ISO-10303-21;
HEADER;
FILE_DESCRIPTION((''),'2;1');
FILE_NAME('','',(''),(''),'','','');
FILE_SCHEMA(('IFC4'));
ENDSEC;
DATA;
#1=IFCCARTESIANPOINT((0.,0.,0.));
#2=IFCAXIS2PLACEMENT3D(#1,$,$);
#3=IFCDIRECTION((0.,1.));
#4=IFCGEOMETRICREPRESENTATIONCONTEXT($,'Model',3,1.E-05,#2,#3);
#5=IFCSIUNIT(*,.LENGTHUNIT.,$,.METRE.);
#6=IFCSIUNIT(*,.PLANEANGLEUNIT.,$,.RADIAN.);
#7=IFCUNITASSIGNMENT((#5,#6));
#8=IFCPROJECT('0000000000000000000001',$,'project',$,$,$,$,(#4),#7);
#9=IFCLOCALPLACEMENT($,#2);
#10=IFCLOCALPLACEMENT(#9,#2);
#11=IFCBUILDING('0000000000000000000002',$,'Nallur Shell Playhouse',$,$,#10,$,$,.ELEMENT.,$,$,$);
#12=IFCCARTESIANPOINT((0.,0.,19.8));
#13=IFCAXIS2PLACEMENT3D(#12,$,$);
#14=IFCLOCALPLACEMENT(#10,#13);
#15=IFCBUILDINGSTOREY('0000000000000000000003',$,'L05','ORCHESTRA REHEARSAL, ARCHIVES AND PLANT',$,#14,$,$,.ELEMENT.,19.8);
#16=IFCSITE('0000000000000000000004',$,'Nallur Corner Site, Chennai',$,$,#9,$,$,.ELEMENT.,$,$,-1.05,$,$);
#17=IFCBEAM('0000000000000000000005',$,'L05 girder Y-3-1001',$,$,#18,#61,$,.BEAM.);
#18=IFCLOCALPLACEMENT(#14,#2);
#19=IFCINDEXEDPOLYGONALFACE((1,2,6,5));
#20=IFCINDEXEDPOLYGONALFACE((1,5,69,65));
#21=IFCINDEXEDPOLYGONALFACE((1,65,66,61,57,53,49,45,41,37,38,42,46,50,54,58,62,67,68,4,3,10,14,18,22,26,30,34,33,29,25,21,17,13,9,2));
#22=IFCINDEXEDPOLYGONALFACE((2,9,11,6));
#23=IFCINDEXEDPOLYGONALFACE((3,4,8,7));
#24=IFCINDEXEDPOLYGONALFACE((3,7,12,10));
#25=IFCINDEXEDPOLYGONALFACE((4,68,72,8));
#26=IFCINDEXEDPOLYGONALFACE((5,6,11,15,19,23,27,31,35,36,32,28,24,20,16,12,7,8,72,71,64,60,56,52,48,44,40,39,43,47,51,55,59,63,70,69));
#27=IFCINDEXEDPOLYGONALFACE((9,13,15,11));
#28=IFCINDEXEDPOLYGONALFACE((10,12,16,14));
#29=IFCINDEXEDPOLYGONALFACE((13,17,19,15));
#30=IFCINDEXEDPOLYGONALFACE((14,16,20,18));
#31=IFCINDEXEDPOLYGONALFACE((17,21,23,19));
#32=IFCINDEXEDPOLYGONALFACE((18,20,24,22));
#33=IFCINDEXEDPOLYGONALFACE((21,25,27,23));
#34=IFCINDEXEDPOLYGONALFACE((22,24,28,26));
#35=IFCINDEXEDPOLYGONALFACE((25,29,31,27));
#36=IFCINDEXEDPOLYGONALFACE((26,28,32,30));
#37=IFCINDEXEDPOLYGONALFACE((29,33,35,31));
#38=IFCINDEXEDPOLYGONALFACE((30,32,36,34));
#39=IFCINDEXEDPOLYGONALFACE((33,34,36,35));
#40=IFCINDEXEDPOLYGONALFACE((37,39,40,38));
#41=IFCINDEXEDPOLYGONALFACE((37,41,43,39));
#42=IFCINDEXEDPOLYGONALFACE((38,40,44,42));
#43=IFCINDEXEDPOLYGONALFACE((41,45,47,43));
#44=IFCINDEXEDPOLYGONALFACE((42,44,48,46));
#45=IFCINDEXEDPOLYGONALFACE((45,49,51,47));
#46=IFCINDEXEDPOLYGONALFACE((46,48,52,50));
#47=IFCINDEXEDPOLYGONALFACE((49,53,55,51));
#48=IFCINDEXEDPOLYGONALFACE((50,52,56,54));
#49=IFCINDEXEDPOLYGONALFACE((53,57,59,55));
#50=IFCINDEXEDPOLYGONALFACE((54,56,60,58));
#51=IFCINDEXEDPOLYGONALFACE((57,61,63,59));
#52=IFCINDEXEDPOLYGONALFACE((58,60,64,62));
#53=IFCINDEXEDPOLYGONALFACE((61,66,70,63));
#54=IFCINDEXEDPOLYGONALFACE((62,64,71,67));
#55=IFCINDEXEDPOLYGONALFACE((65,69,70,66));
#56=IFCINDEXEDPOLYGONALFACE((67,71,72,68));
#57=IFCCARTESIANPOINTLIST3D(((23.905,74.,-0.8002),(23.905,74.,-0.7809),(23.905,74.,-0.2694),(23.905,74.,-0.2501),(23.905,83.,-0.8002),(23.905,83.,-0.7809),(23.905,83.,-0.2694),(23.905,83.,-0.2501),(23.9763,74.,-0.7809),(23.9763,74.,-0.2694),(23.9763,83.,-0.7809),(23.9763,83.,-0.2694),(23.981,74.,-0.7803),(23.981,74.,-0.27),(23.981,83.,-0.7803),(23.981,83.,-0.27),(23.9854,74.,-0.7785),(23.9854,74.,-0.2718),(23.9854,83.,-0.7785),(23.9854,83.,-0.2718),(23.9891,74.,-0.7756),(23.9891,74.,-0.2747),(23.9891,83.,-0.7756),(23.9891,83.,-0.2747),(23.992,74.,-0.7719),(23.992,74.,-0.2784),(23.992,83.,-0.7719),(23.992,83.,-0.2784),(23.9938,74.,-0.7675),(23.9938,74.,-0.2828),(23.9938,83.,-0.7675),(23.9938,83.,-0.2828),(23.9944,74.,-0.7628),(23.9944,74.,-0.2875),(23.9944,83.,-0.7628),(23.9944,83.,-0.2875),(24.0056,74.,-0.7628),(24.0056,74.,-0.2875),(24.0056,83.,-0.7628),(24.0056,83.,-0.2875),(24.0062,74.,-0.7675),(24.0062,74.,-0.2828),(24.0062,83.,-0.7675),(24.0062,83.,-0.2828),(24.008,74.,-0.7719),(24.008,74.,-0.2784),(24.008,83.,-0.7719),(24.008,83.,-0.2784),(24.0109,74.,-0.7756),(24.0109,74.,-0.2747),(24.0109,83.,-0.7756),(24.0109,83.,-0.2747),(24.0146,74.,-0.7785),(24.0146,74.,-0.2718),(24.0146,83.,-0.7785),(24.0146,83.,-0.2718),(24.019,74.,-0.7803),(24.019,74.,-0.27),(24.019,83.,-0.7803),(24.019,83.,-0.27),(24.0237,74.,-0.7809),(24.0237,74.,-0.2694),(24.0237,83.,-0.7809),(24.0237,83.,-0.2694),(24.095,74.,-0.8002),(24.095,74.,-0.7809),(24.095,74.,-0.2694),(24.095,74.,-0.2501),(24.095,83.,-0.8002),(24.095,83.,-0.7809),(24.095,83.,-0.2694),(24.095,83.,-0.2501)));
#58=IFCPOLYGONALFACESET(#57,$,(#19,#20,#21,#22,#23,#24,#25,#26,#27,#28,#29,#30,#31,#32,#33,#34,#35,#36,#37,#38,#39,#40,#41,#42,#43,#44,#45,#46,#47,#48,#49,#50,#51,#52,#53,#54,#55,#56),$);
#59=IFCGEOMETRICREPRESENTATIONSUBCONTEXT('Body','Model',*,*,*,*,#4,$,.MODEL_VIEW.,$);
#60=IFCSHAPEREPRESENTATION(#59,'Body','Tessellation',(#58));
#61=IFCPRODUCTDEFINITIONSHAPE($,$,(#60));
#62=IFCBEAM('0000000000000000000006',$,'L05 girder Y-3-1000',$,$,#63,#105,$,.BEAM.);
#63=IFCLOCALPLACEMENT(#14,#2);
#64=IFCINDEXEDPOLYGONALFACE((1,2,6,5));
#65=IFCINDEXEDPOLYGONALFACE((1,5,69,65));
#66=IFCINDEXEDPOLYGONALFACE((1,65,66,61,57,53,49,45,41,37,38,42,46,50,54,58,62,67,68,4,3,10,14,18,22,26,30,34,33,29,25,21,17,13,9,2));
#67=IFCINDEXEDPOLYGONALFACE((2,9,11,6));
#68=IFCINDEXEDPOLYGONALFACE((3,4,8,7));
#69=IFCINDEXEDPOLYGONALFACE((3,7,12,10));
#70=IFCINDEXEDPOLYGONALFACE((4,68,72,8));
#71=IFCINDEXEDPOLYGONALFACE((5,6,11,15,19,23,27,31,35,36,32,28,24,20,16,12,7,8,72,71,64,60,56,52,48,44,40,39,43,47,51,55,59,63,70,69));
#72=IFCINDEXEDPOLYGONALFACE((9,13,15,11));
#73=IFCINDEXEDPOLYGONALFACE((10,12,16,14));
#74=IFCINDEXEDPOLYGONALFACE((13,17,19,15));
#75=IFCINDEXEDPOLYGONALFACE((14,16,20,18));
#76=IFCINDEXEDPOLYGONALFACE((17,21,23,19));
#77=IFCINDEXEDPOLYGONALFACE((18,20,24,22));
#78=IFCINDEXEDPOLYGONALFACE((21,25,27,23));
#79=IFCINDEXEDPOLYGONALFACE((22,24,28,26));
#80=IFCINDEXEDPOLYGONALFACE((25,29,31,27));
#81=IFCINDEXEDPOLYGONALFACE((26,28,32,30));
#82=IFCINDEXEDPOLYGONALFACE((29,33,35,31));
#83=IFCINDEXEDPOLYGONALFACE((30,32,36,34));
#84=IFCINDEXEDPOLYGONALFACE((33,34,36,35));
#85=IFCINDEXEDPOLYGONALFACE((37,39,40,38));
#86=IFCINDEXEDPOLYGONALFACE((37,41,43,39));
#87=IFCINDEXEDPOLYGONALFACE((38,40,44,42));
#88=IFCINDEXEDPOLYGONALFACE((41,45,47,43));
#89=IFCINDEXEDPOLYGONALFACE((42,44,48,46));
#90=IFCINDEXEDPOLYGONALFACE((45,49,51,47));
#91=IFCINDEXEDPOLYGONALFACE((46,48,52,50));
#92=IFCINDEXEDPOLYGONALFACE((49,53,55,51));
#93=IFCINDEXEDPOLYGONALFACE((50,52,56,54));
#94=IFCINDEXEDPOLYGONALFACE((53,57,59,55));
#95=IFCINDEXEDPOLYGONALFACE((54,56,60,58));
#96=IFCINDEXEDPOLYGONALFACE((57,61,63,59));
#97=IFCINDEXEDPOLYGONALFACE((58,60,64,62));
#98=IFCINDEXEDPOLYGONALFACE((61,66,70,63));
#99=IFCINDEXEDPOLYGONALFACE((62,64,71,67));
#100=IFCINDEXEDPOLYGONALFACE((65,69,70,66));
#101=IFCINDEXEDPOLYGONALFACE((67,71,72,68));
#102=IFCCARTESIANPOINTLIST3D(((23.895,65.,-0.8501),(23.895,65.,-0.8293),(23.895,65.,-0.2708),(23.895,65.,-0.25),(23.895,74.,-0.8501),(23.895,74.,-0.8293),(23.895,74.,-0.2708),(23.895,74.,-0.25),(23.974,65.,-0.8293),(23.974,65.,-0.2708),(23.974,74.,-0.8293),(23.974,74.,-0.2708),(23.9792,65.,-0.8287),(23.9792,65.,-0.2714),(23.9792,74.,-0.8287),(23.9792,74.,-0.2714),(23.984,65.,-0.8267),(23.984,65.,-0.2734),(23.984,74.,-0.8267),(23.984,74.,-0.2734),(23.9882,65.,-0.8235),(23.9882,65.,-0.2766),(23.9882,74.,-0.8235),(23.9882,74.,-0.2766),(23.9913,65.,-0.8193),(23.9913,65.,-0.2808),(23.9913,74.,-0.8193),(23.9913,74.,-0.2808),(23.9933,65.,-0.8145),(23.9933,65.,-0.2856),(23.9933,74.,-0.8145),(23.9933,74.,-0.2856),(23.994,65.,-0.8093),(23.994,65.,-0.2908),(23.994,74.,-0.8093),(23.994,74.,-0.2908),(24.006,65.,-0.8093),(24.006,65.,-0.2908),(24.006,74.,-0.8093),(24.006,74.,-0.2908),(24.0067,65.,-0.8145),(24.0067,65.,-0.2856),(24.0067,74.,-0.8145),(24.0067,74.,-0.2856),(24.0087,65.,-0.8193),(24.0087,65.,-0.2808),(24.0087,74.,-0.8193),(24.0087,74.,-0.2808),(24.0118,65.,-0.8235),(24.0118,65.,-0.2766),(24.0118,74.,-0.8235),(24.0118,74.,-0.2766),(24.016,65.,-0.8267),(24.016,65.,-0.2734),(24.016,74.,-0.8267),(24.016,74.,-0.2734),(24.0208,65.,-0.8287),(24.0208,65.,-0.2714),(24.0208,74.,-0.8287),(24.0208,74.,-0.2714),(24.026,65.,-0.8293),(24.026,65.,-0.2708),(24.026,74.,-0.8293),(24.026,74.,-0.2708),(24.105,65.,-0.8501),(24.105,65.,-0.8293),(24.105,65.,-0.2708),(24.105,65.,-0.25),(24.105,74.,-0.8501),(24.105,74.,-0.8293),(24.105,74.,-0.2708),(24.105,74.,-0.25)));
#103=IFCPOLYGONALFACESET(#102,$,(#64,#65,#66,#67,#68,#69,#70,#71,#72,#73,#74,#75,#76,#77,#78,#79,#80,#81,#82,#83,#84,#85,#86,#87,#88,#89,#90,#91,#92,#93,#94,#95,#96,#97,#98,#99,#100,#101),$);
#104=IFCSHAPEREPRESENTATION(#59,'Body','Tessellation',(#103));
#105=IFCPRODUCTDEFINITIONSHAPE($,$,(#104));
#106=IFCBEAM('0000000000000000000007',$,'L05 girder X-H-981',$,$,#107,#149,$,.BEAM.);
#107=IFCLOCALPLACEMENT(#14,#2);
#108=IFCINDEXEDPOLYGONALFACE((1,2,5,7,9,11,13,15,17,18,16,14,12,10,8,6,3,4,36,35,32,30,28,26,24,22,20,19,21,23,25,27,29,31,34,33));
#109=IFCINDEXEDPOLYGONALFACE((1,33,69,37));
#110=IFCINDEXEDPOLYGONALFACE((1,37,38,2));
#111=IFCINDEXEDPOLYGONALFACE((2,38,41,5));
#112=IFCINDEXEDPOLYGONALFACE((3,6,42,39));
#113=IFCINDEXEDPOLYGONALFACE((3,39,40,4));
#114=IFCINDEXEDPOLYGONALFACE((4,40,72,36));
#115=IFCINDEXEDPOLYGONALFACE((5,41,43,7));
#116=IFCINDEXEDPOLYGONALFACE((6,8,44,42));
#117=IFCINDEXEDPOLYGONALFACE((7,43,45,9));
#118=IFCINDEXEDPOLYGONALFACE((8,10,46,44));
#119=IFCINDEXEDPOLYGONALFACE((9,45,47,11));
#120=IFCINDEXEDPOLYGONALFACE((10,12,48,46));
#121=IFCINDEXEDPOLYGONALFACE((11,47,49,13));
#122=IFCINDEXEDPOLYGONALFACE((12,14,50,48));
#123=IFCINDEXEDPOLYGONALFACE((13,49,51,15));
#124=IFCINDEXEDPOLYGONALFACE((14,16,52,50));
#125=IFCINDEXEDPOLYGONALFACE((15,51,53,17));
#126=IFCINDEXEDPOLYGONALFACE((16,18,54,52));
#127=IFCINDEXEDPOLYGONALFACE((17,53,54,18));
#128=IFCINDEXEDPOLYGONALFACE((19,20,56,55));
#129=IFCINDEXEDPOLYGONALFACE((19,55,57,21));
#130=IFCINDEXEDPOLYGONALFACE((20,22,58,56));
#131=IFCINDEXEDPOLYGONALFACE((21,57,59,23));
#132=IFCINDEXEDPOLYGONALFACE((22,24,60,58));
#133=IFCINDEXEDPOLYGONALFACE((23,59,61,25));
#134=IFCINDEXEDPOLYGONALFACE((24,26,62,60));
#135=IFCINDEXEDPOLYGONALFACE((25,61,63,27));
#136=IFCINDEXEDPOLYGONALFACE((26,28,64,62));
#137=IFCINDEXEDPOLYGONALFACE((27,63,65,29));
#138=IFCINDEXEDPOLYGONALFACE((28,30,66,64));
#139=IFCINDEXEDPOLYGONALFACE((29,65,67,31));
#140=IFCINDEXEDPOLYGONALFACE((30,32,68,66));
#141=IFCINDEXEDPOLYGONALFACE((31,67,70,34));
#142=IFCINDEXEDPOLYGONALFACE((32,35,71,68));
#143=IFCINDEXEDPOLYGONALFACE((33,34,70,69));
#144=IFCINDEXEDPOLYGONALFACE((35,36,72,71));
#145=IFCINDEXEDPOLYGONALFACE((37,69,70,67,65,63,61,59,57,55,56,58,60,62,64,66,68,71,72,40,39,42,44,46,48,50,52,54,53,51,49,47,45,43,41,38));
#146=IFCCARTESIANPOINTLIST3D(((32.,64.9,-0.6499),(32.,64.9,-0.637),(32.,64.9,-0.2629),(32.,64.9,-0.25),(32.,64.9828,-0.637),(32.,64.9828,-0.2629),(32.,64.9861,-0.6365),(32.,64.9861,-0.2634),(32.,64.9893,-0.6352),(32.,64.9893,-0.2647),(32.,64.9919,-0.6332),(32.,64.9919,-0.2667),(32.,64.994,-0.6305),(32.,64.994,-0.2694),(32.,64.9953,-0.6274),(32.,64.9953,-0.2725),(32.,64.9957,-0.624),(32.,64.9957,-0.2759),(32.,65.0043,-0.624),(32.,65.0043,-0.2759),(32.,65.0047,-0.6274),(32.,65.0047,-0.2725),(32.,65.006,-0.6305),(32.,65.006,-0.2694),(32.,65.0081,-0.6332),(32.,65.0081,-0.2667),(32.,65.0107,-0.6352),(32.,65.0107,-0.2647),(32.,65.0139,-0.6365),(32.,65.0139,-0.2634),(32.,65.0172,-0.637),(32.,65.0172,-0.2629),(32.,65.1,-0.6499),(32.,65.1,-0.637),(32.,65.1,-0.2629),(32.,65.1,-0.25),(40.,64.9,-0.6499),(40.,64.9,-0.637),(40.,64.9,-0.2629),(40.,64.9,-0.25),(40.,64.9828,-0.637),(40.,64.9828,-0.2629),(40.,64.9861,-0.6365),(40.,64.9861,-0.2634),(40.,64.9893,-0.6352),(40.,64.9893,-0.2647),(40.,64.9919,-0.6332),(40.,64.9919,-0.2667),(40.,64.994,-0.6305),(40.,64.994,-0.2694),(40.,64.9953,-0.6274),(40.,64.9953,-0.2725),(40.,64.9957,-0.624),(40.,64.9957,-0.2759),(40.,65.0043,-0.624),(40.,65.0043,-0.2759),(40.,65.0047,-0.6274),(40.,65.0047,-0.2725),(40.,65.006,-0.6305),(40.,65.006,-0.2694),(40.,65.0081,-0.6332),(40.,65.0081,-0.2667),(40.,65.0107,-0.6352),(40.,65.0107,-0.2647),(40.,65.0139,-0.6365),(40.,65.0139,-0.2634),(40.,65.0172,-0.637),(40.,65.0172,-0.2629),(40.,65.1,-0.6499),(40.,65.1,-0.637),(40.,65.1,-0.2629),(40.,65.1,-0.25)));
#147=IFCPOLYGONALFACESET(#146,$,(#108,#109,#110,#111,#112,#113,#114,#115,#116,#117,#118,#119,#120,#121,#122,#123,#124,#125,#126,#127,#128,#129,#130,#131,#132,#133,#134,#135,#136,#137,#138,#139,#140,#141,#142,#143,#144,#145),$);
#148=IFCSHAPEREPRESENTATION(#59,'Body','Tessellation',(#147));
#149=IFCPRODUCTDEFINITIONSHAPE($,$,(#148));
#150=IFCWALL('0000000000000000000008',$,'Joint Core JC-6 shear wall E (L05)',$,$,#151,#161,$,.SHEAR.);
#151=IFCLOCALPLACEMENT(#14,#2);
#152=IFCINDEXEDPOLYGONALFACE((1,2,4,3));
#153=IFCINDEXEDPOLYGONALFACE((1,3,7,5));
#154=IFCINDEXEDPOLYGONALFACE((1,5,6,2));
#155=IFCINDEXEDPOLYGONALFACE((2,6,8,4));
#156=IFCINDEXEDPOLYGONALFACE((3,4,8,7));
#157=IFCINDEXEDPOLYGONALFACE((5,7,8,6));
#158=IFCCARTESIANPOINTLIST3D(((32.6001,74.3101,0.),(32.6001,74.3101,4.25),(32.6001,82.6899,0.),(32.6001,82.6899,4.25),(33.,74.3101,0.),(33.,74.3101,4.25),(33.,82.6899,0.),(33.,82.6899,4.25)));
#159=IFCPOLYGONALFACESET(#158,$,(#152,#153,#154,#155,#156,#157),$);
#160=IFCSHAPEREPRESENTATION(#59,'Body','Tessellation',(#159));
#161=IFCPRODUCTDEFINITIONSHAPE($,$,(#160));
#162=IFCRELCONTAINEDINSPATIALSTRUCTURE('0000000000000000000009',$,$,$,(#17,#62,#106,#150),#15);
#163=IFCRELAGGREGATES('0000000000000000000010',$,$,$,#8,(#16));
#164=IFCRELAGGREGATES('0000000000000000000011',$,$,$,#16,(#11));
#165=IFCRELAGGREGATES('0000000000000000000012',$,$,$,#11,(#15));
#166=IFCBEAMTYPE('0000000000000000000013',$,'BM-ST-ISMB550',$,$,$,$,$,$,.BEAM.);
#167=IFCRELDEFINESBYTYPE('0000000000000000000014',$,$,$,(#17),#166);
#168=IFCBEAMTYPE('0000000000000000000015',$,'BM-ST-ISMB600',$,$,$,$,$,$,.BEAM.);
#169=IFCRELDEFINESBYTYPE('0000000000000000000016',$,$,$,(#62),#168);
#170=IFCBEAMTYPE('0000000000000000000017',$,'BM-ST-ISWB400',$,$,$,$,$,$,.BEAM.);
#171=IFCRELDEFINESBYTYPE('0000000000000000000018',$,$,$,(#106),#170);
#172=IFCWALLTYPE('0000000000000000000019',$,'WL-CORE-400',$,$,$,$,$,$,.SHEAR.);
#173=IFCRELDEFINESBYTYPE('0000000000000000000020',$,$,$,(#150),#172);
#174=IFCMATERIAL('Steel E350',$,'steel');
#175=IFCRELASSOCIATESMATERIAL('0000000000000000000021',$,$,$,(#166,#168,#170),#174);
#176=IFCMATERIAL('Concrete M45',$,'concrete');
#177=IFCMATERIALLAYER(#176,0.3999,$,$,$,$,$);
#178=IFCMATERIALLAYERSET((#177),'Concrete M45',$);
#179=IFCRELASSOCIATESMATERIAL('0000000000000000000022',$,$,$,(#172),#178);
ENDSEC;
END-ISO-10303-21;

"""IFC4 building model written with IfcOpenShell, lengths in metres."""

from ifc_helpers import new_model, si_unit, direction, frame, frame_2d, origin, origin_2d, place, context, subcontext, project, spatial, rectangle, i_section, extrude, material, layer, layer_set, material_profile, profile_set, type_object, element, save


model = new_model("IFC4")

# Units and contexts
model_context = context("Model", 3, precision=1e-05, world=origin(), true_north=direction((0.0, 1.0)))
body_context = subcontext(model_context, "Body", "Model", "MODEL_VIEW")
ifc_project = project(units=[si_unit("LENGTHUNIT", "METRE"), si_unit("PLANEANGLEUNIT", "RADIAN")], contexts=[model_context])

# Site, building, storey
site_placement = place(None, origin())
site = spatial("IfcSite", under=ifc_project, at=site_placement, Name="Nallur Corner Site, Chennai", CompositionType="ELEMENT", RefElevation=-1.05)
building_placement = place(site_placement, origin())
building = spatial("IfcBuilding", under=site, at=building_placement, Name="Nallur Shell Playhouse", CompositionType="ELEMENT")
storey_placement = place(building_placement, frame((0.0, 0.0, 19.8)))
storey = spatial("IfcBuildingStorey", under=building, at=storey_placement, Name="L05", Description="ORCHESTRA REHEARSAL, ARCHIVES AND PLANT", CompositionType="ELEMENT", Elevation=19.8)

# Beams
ifc_material_1 = material(Name="Steel E350", Category="steel")
ifc_material_profile_1 = material_profile(ifc_material_1, i_section(OverallWidth=0.1899, OverallDepth=0.55, WebThickness=0.0112, FlangeThickness=0.0193, FilletRadius=0.0181, at=origin_2d()), Name="ISMB 550")
ifc_profile_set_1 = profile_set([ifc_material_profile_1], Name="Steel E350")
beam_type_1 = type_object("IfcBeamType", Name="BM-ST-ISMB550", PredefinedType="BEAM", material=ifc_profile_set_1)
beam_1_placement = place(storey_placement, frame((24.0, 74.0, -0.5251), z_axis=(0.0, 1.0, 0.0), x_axis=(-1.0, 0.0, 0.0)))
element("IfcBeam", 1, at=beam_1_placement, inside=storey, type_object=beam_type_1, Name="L05 girder Y-3-1001", PredefinedType="BEAM", context=body_context, shape_type="SweptSolid", body=[
    extrude(i_section(OverallWidth=0.1899, OverallDepth=0.55, WebThickness=0.0112, FlangeThickness=0.0193, FilletRadius=0.0181, at=origin_2d()), origin(), (0.0, 0.0, 1.0), 9.0),
])
ifc_material_profile_2 = material_profile(ifc_material_1, i_section(OverallWidth=0.21, OverallDepth=0.6001, WebThickness=0.012, FlangeThickness=0.0208, FilletRadius=0.02, at=origin_2d()), Name="ISMB 600")
ifc_profile_set_2 = profile_set([ifc_material_profile_2], Name="Steel E350")
beam_type_2 = type_object("IfcBeamType", Name="BM-ST-ISMB600", PredefinedType="BEAM", material=ifc_profile_set_2)
beam_2_placement = place(storey_placement, frame((24.0, 65.0, -0.55), z_axis=(0.0, 1.0, 0.0), x_axis=(-1.0, 0.0, 0.0)))
element("IfcBeam", 2, at=beam_2_placement, inside=storey, type_object=beam_type_2, Name="L05 girder Y-3-1000", PredefinedType="BEAM", context=body_context, shape_type="SweptSolid", body=[
    extrude(i_section(OverallWidth=0.21, OverallDepth=0.6001, WebThickness=0.012, FlangeThickness=0.0208, FilletRadius=0.02, at=origin_2d()), origin(), (0.0, 0.0, 1.0), 9.0),
])
ifc_material_profile_3 = material_profile(ifc_material_1, i_section(OverallWidth=0.2, OverallDepth=0.3999, WebThickness=0.0085, FlangeThickness=0.0129, FilletRadius=0.0129, at=origin_2d()), Name="ISWB 400")
ifc_profile_set_3 = profile_set([ifc_material_profile_3], Name="Steel E350")
beam_type_3 = type_object("IfcBeamType", Name="BM-ST-ISWB400", PredefinedType="BEAM", material=ifc_profile_set_3)
beam_3_placement = place(storey_placement, frame((32.0, 65.0, -0.45), z_axis=(1.0, 0.0, 0.0), x_axis=(0.0, 1.0, 0.0)))
element("IfcBeam", 3, at=beam_3_placement, inside=storey, type_object=beam_type_3, Name="L05 girder X-H-981", PredefinedType="BEAM", context=body_context, shape_type="SweptSolid", body=[
    extrude(i_section(OverallWidth=0.2, OverallDepth=0.3999, WebThickness=0.0085, FlangeThickness=0.0129, FilletRadius=0.0129, at=origin_2d()), origin(), (0.0, 0.0, 1.0), 8.0),
])

# Shared definitions
ifc_material_2 = material(Name="Concrete M45", Category="concrete")
ifc_layer_1 = layer(ifc_material_2, 0.3999)
ifc_layer_set_1 = layer_set([ifc_layer_1], Name="Concrete M45")
wall_type_1 = type_object("IfcWallType", Name="WL-CORE-400", PredefinedType="SHEAR", material=ifc_layer_set_1)

# Wall
wall_1_placement = place(storey_placement, frame((32.8, 74.3101, 0.0), z_axis=(0.0, 0.0, 1.0), x_axis=(0.0, 1.0, 0.0)))
element("IfcWall", 4, at=wall_1_placement, inside=storey, type_object=wall_type_1, Name="Joint Core JC-6 shear wall E (L05)", PredefinedType="SHEAR", context=body_context, shape_type="SweptSolid", body=[
    extrude(rectangle(XDim=8.3799, YDim=0.3999, at=frame_2d((4.1899, 0.0))), origin(), (0.0, 0.0, 1.0), 4.25),
])

save(model, "model.ifc")
